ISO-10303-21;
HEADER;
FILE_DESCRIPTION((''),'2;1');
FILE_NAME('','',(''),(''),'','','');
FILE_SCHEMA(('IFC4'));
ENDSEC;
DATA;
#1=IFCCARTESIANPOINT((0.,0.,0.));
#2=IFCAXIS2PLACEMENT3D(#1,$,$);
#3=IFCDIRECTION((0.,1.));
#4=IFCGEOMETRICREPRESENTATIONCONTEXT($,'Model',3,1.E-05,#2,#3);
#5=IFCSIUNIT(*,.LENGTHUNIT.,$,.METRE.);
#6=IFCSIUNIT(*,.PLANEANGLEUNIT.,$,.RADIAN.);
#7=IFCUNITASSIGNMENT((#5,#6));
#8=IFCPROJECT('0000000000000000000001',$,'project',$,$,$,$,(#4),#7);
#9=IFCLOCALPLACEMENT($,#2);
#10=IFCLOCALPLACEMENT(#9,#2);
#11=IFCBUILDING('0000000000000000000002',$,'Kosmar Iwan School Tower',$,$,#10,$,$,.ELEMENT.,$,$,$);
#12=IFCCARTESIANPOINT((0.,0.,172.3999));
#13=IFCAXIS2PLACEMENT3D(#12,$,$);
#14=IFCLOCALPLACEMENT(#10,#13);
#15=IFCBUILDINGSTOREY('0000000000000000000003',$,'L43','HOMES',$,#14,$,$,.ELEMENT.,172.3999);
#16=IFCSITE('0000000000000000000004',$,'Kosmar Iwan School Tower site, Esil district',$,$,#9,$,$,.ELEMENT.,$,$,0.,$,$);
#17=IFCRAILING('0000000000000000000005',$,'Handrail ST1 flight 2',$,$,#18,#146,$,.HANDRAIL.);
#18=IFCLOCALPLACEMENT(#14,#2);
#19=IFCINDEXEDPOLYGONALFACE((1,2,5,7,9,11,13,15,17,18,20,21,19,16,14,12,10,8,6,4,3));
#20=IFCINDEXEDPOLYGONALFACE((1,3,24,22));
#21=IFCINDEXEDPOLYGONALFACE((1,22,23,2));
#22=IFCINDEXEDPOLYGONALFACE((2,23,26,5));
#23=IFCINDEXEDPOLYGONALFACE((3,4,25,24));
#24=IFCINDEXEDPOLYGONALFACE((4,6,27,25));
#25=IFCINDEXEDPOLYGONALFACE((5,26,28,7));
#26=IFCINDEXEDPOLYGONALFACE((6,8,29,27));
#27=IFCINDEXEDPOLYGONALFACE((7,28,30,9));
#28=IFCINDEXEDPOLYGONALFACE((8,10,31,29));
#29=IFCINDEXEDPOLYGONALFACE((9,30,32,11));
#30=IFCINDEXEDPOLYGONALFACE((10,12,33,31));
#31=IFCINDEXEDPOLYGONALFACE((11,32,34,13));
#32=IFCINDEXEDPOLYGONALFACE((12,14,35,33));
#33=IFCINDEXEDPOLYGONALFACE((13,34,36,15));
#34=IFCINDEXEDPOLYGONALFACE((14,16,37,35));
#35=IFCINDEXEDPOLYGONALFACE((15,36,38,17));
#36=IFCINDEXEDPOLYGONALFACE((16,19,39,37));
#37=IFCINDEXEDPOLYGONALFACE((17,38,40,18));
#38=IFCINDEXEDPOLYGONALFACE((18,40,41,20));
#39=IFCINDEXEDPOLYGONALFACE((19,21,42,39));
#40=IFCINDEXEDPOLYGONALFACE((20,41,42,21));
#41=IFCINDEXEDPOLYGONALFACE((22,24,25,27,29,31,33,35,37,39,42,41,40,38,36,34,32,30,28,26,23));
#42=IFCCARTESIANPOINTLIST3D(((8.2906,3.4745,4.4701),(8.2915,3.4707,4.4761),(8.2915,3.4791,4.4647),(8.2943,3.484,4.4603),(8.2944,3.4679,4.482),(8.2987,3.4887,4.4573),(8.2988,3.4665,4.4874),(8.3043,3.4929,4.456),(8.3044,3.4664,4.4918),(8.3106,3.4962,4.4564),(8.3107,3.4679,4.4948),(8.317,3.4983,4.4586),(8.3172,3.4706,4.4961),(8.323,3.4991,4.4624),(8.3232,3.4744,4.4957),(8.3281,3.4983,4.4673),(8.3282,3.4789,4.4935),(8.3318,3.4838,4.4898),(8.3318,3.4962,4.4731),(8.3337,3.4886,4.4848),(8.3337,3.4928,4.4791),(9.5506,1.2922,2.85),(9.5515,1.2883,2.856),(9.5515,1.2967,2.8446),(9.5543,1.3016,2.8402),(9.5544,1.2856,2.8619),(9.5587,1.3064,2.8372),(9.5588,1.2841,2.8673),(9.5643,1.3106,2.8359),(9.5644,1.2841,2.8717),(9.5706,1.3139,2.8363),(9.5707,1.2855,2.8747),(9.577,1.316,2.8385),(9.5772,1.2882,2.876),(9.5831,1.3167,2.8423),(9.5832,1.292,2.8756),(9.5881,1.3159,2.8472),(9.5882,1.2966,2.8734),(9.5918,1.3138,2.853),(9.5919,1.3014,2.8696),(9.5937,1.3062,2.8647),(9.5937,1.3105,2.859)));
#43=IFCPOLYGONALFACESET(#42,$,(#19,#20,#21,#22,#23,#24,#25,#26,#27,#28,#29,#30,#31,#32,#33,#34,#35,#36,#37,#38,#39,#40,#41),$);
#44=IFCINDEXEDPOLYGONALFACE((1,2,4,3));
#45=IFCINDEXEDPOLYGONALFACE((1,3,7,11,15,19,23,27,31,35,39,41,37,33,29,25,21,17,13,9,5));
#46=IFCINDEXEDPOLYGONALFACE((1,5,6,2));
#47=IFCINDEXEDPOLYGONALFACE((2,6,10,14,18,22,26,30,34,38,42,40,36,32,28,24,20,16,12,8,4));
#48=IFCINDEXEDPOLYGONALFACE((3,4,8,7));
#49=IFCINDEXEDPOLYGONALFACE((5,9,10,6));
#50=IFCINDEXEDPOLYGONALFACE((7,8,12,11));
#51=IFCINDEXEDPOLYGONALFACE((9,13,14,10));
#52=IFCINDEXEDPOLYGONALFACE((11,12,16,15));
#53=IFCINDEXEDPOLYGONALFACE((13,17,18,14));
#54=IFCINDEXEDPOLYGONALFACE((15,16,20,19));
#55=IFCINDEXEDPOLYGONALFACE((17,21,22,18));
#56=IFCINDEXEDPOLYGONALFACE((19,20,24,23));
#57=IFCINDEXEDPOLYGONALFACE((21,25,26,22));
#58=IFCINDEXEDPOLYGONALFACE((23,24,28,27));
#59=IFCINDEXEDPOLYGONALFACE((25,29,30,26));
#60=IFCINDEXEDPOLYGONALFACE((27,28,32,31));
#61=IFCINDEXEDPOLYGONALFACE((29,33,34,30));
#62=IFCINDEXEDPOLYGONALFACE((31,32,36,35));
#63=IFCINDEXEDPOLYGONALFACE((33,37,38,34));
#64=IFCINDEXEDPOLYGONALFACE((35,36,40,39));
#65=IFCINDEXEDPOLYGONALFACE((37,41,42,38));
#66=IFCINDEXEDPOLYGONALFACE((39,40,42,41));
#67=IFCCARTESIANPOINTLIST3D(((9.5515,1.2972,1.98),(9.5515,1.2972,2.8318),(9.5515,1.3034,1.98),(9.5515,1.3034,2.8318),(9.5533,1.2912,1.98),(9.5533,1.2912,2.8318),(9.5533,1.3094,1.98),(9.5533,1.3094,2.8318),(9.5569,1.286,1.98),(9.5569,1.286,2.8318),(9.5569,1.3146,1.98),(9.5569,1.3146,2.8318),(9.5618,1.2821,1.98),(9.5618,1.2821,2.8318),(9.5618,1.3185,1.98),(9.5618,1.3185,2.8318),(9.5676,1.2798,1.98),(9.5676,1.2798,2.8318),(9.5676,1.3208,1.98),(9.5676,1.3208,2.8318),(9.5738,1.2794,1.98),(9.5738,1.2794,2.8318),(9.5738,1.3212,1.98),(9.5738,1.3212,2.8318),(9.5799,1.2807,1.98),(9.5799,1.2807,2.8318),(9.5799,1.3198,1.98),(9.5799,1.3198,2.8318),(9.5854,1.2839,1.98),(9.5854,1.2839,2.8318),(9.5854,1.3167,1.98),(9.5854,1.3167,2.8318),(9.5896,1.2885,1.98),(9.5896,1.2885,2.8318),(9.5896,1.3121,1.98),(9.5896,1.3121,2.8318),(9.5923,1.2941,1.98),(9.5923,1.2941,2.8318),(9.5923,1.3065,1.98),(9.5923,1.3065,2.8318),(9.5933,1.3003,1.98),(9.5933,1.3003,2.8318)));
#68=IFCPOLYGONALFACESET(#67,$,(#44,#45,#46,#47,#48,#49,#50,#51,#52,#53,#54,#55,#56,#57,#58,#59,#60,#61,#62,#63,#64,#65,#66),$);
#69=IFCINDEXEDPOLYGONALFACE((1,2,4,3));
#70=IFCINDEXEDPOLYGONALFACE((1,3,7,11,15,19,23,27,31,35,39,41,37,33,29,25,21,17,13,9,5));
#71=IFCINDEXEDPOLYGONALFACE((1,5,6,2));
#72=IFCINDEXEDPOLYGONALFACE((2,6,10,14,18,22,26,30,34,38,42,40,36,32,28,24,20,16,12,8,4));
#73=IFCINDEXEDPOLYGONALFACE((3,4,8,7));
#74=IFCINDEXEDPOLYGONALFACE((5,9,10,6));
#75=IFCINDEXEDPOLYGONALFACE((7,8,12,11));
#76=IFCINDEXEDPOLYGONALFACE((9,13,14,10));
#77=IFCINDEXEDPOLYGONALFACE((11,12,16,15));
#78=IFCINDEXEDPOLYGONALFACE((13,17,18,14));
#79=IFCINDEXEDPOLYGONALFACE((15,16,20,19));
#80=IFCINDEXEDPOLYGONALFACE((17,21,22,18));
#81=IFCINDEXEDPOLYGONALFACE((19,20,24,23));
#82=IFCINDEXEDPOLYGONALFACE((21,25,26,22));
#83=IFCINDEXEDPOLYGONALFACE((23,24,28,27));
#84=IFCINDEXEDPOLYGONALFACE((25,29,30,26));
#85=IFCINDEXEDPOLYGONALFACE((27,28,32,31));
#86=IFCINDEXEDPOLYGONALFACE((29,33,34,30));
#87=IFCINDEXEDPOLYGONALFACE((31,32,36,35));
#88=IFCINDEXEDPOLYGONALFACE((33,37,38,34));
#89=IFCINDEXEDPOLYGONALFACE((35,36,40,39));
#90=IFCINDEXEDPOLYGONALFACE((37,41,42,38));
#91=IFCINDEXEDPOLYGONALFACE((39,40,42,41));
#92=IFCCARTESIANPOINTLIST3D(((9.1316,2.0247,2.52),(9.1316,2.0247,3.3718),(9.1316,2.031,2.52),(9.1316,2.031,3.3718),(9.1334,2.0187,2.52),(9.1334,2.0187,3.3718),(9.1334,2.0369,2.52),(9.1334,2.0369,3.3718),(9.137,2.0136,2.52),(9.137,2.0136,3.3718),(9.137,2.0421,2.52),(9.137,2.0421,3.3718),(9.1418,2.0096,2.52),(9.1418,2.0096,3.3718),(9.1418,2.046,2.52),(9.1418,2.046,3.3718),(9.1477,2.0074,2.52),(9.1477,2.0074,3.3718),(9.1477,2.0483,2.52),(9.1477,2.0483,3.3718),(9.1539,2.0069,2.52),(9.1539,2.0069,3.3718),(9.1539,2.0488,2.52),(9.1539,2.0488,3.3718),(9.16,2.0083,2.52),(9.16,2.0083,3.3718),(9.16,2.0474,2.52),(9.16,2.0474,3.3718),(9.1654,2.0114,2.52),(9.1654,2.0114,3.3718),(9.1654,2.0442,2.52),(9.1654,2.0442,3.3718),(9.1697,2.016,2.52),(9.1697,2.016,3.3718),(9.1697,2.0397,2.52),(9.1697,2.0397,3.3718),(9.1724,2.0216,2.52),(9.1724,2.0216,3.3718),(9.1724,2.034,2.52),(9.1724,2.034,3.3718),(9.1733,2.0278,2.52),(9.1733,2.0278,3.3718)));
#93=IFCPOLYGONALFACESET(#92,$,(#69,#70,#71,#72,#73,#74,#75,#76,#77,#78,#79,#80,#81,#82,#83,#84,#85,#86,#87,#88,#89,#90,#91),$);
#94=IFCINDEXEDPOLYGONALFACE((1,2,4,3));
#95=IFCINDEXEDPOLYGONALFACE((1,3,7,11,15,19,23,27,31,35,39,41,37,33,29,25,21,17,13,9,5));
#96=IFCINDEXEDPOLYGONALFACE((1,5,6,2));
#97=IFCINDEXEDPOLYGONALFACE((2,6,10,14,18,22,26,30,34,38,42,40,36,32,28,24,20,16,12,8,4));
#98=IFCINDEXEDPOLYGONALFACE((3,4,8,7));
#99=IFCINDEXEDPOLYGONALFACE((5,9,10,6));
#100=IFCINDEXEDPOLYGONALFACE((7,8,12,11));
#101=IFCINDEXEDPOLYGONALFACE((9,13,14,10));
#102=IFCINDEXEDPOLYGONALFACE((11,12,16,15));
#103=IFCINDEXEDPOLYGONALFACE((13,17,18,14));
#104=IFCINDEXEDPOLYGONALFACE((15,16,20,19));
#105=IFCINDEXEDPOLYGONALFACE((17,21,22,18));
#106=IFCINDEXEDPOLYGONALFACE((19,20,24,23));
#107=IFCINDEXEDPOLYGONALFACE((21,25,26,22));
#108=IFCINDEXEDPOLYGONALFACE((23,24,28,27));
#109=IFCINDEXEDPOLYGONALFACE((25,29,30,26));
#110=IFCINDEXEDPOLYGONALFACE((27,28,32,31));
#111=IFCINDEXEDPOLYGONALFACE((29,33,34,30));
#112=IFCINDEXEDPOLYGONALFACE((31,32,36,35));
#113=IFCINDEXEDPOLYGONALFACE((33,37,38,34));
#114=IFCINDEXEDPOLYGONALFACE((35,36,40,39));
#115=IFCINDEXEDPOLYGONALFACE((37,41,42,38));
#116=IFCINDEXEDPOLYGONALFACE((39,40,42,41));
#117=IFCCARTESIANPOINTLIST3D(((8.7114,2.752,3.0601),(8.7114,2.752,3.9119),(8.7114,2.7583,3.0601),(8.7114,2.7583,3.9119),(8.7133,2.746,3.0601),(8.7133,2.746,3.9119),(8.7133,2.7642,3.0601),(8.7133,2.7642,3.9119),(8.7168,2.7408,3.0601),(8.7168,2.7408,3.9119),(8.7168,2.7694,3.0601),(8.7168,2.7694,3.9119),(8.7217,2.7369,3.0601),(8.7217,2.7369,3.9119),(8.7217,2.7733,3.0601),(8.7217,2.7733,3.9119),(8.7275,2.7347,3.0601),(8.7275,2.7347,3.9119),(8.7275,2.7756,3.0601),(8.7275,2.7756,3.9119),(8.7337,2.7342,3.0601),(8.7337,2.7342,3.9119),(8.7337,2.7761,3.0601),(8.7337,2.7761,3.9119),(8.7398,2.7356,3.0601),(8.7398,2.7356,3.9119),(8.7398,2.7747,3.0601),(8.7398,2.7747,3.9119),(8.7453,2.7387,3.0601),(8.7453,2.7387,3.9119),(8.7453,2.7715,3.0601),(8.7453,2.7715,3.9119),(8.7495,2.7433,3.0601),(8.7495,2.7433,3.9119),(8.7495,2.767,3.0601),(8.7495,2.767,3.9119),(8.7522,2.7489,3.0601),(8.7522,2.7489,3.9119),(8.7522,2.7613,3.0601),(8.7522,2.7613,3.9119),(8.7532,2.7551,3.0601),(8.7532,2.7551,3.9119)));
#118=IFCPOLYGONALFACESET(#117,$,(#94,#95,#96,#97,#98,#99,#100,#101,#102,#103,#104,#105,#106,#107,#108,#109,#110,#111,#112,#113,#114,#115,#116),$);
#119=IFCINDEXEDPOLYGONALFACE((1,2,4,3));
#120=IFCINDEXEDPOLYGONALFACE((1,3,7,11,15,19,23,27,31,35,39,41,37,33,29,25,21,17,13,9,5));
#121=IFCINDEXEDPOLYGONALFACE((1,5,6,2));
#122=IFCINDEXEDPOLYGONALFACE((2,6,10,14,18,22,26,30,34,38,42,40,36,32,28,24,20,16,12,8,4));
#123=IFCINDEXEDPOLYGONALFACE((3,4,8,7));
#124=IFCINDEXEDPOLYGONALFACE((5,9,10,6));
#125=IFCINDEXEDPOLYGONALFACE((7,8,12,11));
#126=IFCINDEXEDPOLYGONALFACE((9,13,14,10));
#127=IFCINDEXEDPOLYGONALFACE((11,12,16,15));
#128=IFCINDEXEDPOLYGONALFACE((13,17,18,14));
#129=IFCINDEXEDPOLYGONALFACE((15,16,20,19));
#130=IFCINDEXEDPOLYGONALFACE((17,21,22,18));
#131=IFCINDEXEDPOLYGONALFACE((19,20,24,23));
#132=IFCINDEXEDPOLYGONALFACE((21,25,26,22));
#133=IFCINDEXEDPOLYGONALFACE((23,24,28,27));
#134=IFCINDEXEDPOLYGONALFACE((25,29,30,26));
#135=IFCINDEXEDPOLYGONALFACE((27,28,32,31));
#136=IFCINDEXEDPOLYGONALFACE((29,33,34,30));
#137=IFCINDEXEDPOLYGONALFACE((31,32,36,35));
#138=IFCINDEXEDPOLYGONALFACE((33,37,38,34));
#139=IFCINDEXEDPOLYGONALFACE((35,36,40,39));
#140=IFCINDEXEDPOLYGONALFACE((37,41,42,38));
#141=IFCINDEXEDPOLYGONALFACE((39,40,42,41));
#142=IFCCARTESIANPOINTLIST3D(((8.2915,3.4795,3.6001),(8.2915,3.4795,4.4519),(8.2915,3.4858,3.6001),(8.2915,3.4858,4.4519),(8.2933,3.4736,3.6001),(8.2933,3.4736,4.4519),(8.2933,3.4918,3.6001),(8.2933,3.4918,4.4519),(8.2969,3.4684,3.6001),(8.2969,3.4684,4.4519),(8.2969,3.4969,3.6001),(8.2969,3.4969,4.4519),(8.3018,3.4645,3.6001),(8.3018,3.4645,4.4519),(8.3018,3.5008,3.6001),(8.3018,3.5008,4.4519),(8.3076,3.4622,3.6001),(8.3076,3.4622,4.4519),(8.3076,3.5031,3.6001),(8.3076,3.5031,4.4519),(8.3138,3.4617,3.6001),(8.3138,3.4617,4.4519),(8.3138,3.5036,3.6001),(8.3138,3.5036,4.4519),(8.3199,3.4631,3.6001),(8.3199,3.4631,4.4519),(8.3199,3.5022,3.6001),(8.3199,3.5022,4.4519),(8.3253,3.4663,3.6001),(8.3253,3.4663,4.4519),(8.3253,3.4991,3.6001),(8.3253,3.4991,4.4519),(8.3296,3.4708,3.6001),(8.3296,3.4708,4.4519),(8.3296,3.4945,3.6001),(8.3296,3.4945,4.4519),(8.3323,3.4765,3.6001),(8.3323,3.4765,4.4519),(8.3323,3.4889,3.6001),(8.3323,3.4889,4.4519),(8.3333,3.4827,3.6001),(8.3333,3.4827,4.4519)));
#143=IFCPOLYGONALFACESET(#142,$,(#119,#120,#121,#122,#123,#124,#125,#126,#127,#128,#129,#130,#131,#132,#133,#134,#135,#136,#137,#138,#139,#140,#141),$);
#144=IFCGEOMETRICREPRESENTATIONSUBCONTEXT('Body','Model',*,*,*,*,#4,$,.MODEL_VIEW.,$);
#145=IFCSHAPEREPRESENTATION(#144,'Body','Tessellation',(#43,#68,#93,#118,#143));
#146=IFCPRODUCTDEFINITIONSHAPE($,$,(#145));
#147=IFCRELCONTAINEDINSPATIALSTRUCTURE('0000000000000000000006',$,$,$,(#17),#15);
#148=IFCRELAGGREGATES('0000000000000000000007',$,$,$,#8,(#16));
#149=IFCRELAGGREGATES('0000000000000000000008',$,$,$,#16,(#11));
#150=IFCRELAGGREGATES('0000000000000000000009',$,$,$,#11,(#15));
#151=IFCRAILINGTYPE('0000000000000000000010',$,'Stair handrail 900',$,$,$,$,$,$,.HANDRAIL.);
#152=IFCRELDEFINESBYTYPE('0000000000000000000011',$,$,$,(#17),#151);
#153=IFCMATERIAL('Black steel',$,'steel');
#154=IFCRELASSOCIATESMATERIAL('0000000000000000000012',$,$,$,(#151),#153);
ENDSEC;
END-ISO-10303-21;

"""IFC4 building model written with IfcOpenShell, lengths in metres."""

from ifc_helpers import new_model, si_unit, direction, frame, origin, origin_2d, place, context, subcontext, project, spatial, circle, extrude, material, type_object, element, save


model = new_model("IFC4")

# Units and contexts
model_context = context("Model", 3, precision=1e-05, world=origin(), true_north=direction((0.0, 1.0)))
body_context = subcontext(model_context, "Body", "Model", "MODEL_VIEW")
ifc_project = project(units=[si_unit("LENGTHUNIT", "METRE"), si_unit("PLANEANGLEUNIT", "RADIAN")], contexts=[model_context])

# Site, building, storey
site_placement = place(None, origin())
site = spatial("IfcSite", under=ifc_project, at=site_placement, Name="Kosmar Iwan School Tower site, Esil district", CompositionType="ELEMENT", RefElevation=0.0)
building_placement = place(site_placement, origin())
building = spatial("IfcBuilding", under=site, at=building_placement, Name="Kosmar Iwan School Tower", CompositionType="ELEMENT")
storey_placement = place(building_placement, frame((0.0, 0.0, 172.3999)))
storey = spatial("IfcBuildingStorey", under=building, at=storey_placement, Name="L43", Description="HOMES", CompositionType="ELEMENT", Elevation=172.3999)

# Railing
ifc_material_1 = material(Name="Black steel", Category="steel")
railing_type = type_object("IfcRailingType", Name="Stair handrail 900", PredefinedType="HANDRAIL", material=ifc_material_1)
railing_1_placement = place(storey_placement, frame((9.5723, 1.3003, 1.98)))
element("IfcRailing", 1, at=railing_1_placement, inside=storey, type_object=railing_type, Name="Handrail ST1 flight 2", PredefinedType="HANDRAIL", context=body_context, shape_type="SweptSolid", body=[
    extrude(circle(Radius=0.0239, at=origin_2d()), frame((0.0, 0.0, 0.876), z_axis=(-0.420584, 0.728464, 0.540786), x_axis=(-0.866023, -0.500005, 0.0)), (0.0, 0.0, 1.0), 2.9958),
    extrude(circle(Radius=0.021, at=origin_2d()), origin(), (0.0, 0.0, 1.0), 0.8518),
    extrude(circle(Radius=0.021, at=origin_2d()), frame((-0.4199, 0.7275, 0.54)), (0.0, 0.0, 1.0), 0.8518),
    extrude(circle(Radius=0.021, at=origin_2d()), frame((-0.8401, 1.4548, 1.0801)), (0.0, 0.0, 1.0), 0.8518),
    extrude(circle(Radius=0.021, at=origin_2d()), frame((-1.26, 2.1824, 1.6201)), (0.0, 0.0, 1.0), 0.8518),
])

save(model, "model.ifc")
